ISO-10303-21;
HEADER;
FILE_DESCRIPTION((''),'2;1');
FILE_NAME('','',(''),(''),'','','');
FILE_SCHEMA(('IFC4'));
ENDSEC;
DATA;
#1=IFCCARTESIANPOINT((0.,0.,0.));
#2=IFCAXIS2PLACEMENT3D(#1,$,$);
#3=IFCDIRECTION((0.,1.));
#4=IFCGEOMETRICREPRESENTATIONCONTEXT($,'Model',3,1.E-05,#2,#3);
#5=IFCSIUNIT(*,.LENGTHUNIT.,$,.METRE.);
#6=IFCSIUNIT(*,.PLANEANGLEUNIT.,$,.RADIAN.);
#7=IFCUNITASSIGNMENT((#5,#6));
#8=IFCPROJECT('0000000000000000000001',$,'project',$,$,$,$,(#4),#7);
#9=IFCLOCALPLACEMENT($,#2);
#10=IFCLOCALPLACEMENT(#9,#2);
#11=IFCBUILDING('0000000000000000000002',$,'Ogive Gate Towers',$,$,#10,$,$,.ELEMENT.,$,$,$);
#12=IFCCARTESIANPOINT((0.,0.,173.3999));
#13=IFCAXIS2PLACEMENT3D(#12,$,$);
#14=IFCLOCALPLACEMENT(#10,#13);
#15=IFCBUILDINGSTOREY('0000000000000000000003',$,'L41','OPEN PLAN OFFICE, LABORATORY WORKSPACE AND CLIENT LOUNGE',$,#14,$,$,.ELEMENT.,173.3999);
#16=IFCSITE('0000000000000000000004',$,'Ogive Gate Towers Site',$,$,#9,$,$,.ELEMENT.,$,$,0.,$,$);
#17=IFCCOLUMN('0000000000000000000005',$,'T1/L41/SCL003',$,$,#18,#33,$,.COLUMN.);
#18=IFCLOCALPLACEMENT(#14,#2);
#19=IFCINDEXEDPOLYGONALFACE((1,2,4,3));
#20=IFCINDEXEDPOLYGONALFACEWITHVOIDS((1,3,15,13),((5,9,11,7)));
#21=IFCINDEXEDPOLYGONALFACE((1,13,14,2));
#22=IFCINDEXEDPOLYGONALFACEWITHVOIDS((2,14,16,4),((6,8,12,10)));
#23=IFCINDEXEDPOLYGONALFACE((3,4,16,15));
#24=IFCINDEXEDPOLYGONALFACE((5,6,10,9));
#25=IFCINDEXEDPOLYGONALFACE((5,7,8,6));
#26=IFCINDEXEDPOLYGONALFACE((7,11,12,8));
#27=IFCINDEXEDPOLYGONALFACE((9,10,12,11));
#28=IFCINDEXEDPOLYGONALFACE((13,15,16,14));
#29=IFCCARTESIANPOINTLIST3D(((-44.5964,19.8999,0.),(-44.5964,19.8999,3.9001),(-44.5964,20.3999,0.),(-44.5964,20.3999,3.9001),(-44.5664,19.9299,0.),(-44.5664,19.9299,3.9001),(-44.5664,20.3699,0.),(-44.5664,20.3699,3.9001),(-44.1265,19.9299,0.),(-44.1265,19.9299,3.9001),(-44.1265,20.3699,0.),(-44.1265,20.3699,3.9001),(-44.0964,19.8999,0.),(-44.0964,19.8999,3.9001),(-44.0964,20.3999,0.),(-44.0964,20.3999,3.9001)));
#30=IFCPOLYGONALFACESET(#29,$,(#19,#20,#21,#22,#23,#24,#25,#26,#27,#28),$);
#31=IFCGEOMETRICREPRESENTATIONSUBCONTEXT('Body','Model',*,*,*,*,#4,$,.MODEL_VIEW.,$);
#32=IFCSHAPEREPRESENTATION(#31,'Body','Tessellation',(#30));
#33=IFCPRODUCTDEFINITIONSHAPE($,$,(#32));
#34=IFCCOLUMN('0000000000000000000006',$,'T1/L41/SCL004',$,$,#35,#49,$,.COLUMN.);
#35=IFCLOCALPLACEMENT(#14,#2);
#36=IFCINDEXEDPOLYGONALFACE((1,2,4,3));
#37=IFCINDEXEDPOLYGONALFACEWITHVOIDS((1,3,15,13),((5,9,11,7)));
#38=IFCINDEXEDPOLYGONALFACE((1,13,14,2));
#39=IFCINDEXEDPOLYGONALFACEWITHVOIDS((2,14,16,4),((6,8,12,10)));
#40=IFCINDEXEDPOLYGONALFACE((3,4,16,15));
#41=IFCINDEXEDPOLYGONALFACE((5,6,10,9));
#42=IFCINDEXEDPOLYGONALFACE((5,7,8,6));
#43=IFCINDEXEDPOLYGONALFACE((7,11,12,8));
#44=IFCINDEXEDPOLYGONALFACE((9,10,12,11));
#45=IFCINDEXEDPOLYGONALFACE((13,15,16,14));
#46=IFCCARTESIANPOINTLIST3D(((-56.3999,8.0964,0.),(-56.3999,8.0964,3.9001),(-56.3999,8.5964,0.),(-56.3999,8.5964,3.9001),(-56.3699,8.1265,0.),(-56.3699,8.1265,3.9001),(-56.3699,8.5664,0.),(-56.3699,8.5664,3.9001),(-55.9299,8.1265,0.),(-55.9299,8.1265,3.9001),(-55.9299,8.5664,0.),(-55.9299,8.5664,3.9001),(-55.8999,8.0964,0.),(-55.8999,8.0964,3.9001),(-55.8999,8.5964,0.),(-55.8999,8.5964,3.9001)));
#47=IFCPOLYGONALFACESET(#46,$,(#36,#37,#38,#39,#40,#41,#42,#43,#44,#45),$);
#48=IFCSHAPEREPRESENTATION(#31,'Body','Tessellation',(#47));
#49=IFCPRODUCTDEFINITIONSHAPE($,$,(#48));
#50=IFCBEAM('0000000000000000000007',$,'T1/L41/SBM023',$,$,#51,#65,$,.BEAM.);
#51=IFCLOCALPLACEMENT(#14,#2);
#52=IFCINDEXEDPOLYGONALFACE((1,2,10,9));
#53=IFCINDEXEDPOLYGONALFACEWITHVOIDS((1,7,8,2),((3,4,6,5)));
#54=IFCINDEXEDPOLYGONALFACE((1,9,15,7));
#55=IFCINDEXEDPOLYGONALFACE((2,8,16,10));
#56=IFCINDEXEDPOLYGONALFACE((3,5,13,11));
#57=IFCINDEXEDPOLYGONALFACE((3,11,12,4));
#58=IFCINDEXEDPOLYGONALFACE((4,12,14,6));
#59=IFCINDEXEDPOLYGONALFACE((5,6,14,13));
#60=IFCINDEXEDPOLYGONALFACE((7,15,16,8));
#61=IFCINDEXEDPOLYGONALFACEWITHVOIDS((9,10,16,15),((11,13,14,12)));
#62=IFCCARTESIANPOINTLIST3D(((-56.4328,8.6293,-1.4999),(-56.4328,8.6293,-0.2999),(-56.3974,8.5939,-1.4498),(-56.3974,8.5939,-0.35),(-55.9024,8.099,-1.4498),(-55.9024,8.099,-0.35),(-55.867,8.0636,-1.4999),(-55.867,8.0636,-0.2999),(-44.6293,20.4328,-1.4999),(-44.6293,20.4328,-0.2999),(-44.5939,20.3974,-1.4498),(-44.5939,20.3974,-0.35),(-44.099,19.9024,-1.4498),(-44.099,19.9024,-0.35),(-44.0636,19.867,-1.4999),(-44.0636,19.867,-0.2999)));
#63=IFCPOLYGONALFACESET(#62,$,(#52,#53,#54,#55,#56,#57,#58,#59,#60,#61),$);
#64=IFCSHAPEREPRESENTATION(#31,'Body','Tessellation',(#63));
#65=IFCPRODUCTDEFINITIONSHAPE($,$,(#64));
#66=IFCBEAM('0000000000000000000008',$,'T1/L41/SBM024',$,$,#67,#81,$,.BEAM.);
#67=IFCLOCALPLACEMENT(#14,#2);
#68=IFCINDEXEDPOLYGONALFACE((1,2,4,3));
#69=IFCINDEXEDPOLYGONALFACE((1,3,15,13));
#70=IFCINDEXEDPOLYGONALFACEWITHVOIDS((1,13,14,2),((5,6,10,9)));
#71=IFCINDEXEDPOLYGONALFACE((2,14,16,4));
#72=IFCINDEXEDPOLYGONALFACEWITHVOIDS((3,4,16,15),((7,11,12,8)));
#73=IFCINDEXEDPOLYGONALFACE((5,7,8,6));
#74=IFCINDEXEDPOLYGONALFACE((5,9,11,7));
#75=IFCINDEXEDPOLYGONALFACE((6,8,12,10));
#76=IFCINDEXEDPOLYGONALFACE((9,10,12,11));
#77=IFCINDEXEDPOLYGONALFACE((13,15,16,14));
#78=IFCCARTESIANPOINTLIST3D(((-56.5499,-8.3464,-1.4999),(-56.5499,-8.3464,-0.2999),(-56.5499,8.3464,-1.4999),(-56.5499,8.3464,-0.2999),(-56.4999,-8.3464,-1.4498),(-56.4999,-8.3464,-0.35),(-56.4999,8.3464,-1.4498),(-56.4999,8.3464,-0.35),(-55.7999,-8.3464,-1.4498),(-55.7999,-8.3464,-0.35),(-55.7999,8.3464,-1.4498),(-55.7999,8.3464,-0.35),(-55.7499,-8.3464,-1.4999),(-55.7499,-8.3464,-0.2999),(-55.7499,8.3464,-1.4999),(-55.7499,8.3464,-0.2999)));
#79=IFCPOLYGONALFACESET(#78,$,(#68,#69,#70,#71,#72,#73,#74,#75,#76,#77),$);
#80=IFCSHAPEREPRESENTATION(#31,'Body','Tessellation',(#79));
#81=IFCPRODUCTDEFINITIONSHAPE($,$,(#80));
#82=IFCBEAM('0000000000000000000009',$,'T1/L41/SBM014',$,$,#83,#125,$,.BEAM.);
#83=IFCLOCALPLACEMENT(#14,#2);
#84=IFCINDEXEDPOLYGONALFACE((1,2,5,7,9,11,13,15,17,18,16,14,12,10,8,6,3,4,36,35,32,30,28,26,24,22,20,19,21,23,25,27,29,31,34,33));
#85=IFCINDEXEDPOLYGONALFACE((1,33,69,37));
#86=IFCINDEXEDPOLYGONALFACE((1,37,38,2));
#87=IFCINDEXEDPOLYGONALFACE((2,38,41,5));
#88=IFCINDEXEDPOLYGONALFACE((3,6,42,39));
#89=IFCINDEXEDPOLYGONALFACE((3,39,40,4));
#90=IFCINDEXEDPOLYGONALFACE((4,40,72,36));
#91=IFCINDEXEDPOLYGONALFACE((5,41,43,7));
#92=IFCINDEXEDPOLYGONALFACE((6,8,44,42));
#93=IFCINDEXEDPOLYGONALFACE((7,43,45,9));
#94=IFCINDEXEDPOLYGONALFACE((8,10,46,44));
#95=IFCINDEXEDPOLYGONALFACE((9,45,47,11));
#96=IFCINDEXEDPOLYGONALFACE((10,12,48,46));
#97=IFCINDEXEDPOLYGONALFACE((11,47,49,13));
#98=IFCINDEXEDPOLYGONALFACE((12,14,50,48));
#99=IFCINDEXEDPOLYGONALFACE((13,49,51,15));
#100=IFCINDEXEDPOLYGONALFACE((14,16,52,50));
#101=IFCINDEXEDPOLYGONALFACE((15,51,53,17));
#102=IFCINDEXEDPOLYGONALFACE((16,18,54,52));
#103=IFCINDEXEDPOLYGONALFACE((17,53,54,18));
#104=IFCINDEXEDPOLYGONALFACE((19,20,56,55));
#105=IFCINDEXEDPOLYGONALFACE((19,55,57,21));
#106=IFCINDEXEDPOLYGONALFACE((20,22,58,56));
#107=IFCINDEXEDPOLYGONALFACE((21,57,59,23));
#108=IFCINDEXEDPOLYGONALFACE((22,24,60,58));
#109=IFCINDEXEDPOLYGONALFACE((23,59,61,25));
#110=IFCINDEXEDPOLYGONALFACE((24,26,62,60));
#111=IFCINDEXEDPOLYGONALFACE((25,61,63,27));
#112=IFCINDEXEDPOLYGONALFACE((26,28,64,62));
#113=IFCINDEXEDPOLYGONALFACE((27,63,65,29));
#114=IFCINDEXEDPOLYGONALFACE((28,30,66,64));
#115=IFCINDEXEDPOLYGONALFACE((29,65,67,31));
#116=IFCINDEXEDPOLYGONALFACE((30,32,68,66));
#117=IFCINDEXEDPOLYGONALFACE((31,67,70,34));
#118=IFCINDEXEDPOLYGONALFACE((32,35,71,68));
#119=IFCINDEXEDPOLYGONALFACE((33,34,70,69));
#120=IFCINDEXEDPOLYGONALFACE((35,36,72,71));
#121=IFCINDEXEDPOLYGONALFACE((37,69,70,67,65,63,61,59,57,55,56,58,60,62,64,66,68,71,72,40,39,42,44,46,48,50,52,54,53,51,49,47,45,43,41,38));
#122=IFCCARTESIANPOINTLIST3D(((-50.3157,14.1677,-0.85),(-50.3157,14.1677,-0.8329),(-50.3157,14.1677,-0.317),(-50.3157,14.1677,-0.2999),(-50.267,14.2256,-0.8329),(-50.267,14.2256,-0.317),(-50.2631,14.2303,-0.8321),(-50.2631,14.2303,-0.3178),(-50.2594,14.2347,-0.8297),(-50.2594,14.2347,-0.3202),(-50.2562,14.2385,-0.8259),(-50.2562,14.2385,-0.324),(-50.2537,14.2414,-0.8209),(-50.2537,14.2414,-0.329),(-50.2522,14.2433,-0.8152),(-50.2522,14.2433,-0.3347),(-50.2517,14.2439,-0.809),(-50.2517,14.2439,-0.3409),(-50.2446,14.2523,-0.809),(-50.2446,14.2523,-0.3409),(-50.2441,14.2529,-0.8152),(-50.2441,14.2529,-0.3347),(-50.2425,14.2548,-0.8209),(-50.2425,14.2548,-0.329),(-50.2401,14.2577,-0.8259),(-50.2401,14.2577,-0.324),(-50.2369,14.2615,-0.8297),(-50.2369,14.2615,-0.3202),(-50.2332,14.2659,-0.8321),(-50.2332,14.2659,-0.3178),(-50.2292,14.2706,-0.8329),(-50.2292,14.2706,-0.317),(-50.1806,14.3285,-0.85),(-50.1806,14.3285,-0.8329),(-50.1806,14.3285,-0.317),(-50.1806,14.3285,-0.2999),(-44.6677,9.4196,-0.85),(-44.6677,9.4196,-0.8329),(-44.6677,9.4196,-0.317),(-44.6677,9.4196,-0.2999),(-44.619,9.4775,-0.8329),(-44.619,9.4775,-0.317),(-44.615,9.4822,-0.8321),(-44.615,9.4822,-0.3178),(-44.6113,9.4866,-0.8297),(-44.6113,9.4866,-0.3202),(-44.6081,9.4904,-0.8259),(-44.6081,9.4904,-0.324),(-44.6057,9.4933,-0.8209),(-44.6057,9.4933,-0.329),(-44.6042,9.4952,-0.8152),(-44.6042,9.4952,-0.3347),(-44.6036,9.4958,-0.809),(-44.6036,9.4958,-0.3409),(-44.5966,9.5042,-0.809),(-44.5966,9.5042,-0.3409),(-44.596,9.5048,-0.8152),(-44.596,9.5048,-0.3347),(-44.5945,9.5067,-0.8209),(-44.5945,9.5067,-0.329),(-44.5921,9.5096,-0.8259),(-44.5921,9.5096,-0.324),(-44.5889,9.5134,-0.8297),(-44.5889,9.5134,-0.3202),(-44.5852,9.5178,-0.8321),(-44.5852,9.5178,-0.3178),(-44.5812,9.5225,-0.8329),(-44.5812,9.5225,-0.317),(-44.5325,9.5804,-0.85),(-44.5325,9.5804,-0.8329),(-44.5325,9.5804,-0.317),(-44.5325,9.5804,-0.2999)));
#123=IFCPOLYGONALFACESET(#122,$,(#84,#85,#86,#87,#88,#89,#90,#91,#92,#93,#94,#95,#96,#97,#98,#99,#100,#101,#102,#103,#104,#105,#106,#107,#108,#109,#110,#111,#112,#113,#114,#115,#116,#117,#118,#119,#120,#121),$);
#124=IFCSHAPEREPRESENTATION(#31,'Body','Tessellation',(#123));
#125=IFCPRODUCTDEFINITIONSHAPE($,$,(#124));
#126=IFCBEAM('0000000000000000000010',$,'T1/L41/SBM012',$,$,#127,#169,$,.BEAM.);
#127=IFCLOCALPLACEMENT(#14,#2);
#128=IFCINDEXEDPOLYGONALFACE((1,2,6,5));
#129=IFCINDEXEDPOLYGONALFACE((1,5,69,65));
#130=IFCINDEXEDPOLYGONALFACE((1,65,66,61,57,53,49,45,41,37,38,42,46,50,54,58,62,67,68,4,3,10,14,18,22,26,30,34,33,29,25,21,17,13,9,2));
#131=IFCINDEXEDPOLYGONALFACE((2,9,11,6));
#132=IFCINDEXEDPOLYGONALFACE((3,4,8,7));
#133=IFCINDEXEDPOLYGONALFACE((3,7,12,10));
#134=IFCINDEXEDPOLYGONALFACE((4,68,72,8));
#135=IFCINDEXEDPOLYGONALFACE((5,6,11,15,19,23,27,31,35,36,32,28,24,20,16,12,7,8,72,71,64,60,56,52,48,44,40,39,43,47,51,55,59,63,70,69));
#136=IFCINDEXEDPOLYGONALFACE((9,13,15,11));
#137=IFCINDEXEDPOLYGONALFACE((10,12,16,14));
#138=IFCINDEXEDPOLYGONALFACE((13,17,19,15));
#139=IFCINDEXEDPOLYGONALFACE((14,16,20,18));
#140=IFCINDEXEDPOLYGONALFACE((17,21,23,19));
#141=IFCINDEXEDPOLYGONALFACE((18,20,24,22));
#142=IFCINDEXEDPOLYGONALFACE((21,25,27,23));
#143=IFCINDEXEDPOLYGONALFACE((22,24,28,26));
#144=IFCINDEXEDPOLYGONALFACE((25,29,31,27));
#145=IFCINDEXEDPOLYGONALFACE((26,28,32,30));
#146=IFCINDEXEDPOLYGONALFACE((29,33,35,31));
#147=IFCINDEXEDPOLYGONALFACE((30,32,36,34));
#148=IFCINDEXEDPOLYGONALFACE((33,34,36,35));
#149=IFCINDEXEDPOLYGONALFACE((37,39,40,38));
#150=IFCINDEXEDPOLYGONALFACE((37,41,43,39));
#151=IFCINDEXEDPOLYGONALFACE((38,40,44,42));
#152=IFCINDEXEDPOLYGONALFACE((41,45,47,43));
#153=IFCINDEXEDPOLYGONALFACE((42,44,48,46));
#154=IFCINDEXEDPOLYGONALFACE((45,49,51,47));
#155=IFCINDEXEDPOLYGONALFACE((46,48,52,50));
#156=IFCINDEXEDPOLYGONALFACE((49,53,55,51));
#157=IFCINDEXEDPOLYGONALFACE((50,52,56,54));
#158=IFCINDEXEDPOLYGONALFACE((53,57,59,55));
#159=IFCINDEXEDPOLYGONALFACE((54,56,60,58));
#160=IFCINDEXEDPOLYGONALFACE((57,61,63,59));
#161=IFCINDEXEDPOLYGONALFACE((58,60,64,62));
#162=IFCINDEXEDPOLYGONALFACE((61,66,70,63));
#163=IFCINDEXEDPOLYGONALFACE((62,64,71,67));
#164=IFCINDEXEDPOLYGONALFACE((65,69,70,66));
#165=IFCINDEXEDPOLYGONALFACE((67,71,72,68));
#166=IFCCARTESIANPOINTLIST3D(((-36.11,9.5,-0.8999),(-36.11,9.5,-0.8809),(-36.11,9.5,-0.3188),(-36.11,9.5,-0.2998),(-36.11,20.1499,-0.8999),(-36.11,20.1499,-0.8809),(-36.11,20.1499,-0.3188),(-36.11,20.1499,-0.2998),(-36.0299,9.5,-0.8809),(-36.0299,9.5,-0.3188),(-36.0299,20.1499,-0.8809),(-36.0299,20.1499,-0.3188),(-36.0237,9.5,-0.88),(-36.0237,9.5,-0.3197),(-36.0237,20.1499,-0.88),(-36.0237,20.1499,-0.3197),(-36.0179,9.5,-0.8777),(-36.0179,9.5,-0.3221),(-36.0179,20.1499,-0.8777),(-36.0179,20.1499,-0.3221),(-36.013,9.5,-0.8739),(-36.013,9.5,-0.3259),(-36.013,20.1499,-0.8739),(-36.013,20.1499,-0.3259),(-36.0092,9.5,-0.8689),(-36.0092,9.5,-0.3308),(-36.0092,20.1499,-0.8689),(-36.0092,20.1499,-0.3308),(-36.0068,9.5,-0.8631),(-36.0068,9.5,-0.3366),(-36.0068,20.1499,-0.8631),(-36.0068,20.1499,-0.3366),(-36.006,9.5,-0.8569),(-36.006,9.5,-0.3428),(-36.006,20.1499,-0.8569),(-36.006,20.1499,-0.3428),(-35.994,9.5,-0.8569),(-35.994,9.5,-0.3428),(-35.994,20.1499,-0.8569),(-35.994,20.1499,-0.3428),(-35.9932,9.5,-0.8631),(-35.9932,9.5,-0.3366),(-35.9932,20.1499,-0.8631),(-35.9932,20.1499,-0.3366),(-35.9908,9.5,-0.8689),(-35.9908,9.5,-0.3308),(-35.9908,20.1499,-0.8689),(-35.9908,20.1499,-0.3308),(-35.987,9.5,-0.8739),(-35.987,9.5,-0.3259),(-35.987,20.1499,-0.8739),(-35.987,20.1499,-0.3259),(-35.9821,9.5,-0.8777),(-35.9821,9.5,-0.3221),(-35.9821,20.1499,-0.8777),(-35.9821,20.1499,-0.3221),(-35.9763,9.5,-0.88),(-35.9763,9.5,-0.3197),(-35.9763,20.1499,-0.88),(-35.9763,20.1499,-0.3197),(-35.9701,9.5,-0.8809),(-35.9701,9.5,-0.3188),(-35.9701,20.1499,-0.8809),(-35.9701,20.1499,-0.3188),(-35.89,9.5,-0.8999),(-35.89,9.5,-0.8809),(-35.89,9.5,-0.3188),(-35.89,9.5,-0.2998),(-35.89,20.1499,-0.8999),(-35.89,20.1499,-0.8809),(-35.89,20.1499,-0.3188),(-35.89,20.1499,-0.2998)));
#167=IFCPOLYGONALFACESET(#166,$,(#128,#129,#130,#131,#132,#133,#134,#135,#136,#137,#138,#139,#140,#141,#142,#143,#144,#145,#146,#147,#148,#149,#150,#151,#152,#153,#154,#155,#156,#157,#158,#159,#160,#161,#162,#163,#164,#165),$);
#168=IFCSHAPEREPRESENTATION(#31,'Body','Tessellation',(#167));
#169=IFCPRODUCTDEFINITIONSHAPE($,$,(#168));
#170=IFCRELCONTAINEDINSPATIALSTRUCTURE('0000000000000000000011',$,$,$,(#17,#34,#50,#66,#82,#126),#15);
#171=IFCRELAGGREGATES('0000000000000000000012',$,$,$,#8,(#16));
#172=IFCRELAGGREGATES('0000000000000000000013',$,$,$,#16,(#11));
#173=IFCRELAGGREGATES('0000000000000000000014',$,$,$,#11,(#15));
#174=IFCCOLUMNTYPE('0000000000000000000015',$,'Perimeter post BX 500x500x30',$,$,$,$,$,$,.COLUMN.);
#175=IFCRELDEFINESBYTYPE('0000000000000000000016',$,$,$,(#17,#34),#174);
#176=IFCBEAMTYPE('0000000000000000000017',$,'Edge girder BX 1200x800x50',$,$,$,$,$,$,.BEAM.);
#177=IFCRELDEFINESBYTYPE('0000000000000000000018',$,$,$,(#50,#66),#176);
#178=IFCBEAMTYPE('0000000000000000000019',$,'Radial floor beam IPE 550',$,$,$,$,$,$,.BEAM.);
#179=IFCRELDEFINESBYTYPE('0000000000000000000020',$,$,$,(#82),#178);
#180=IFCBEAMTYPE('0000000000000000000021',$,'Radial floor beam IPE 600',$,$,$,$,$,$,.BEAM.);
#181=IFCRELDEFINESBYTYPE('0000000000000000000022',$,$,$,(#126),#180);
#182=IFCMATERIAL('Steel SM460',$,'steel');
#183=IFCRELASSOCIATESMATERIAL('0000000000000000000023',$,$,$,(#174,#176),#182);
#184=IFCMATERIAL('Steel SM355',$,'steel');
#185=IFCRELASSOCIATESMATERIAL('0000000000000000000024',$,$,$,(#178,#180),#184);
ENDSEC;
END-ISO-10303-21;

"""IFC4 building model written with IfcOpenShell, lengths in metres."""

from ifc_helpers import new_model, si_unit, direction, frame, origin, origin_2d, place, context, subcontext, project, spatial, hollow_rectangle, i_section, extrude, material, material_profile, profile_set, type_object, element, save


model = new_model("IFC4")

# Units and contexts
model_context = context("Model", 3, precision=1e-05, world=origin(), true_north=direction((0.0, 1.0)))
body_context = subcontext(model_context, "Body", "Model", "MODEL_VIEW")
ifc_project = project(units=[si_unit("LENGTHUNIT", "METRE"), si_unit("PLANEANGLEUNIT", "RADIAN")], contexts=[model_context])

# Site, building, storey
site_placement = place(None, origin())
site = spatial("IfcSite", under=ifc_project, at=site_placement, Name="Ogive Gate Towers Site", CompositionType="ELEMENT", RefElevation=0.0)
building_placement = place(site_placement, origin())
building = spatial("IfcBuilding", under=site, at=building_placement, Name="Ogive Gate Towers", CompositionType="ELEMENT")
storey_placement = place(building_placement, frame((0.0, 0.0, 173.3999)))
storey = spatial("IfcBuildingStorey", under=building, at=storey_placement, Name="L41", Description="OPEN PLAN OFFICE, LABORATORY WORKSPACE AND CLIENT LOUNGE", CompositionType="ELEMENT", Elevation=173.3999)

# Columns
ifc_material_1 = material(Name="Steel SM460", Category="steel")
ifc_material_profile_1 = material_profile(ifc_material_1, hollow_rectangle(XDim=0.5, YDim=0.5, WallThickness=0.03, at=origin_2d()), Name="BX 500x500x30")
ifc_profile_set_1 = profile_set([ifc_material_profile_1], Name="Steel SM460")
column_type = type_object("IfcColumnType", Name="Perimeter post BX 500x500x30", PredefinedType="COLUMN", material=ifc_profile_set_1)
for number, where, z_axis, x_axis, name in (
    (1, (-44.3464, 20.1499, 0.0), (0.0, 0.0, 1.0), (1.0, 0.0, 0.0), "T1/L41/SCL003"),
    (2, (-56.1499, 8.3464, 0.0), (0.0, 0.0, 1.0), (1.0, 0.0, 0.0), "T1/L41/SCL004"),
):
    element("IfcColumn", number, at=place(storey_placement, frame(where, z_axis=z_axis, x_axis=x_axis)), inside=storey, type_object=column_type, Name=name, PredefinedType="COLUMN", context=body_context, shape_type="SweptSolid", body=[
        extrude(hollow_rectangle(XDim=0.5, YDim=0.5, WallThickness=0.03, at=origin_2d()), origin(), (0.0, 0.0, 1.0), 3.9001),
    ])

# Beams
ifc_material_profile_2 = material_profile(ifc_material_1, hollow_rectangle(XDim=0.8, YDim=1.2, WallThickness=0.05, at=origin_2d()), Name="BX 1200x800x50")
ifc_profile_set_2 = profile_set([ifc_material_profile_2], Name="Steel SM460")
beam_type_1 = type_object("IfcBeamType", Name="Edge girder BX 1200x800x50", PredefinedType="BEAM", material=ifc_profile_set_2)
beam_1_placement = place(storey_placement, frame((-44.3464, 20.1499, -0.8999), z_axis=(-0.707107, -0.707107, 0.0), x_axis=(0.707107, -0.707107, 0.0)))
element("IfcBeam", 3, at=beam_1_placement, inside=storey, type_object=beam_type_1, Name="T1/L41/SBM023", PredefinedType="BEAM", context=body_context, shape_type="SweptSolid", body=[
    extrude(hollow_rectangle(XDim=0.8, YDim=1.2, WallThickness=0.05, at=origin_2d()), origin(), (0.0, 0.0, 1.0), 16.6926),
])
beam_2_placement = place(storey_placement, frame((-56.1499, 8.3464, -0.8999), z_axis=(0.0, -1.0, 0.0), x_axis=(1.0, 0.0, 0.0)))
element("IfcBeam", 4, at=beam_2_placement, inside=storey, type_object=beam_type_1, Name="T1/L41/SBM024", PredefinedType="BEAM", context=body_context, shape_type="SweptSolid", body=[
    extrude(hollow_rectangle(XDim=0.8, YDim=1.2, WallThickness=0.05, at=origin_2d()), origin(), (0.0, 0.0, 1.0), 16.6929),
])
ifc_material_2 = material(Name="Steel SM355", Category="steel")
ifc_material_profile_3 = material_profile(ifc_material_2, i_section(OverallWidth=0.21, OverallDepth=0.55, WebThickness=0.011, FlangeThickness=0.0171, FilletRadius=0.0239, at=origin_2d()), Name="IPE 550")
ifc_profile_set_3 = profile_set([ifc_material_profile_3], Name="Steel SM355")
beam_type_2 = type_object("IfcBeamType", Name="Radial floor beam IPE 550", PredefinedType="BEAM", material=ifc_profile_set_3)
beam_3_placement = place(storey_placement, frame((-44.6001, 9.5, -0.575), z_axis=(-0.765453, 0.643492, 0.0), x_axis=(-0.643492, -0.765453, 0.0)))
element("IfcBeam", 5, at=beam_3_placement, inside=storey, type_object=beam_type_2, Name="T1/L41/SBM014", PredefinedType="BEAM", context=body_context, shape_type="SweptSolid", body=[
    extrude(i_section(OverallWidth=0.21, OverallDepth=0.55, WebThickness=0.011, FlangeThickness=0.0171, FilletRadius=0.0239, at=origin_2d()), origin(), (0.0, 0.0, 1.0), 7.3787),
])
ifc_material_profile_4 = material_profile(ifc_material_2, i_section(OverallWidth=0.22, OverallDepth=0.6001, WebThickness=0.012, FlangeThickness=0.019, FilletRadius=0.0239, at=origin_2d()), Name="IPE 600")
ifc_profile_set_4 = profile_set([ifc_material_profile_4], Name="Steel SM355")
beam_type_3 = type_object("IfcBeamType", Name="Radial floor beam IPE 600", PredefinedType="BEAM", material=ifc_profile_set_4)
beam_4_placement = place(storey_placement, frame((-36.0, 9.5, -0.5999), z_axis=(0.0, 1.0, 0.0), x_axis=(-1.0, 0.0, 0.0)))
element("IfcBeam", 6, at=beam_4_placement, inside=storey, type_object=beam_type_3, Name="T1/L41/SBM012", PredefinedType="BEAM", context=body_context, shape_type="SweptSolid", body=[
    extrude(i_section(OverallWidth=0.22, OverallDepth=0.6001, WebThickness=0.012, FlangeThickness=0.019, FilletRadius=0.0239, at=origin_2d()), origin(), (0.0, 0.0, 1.0), 10.6499),
])

save(model, "model.ifc")
